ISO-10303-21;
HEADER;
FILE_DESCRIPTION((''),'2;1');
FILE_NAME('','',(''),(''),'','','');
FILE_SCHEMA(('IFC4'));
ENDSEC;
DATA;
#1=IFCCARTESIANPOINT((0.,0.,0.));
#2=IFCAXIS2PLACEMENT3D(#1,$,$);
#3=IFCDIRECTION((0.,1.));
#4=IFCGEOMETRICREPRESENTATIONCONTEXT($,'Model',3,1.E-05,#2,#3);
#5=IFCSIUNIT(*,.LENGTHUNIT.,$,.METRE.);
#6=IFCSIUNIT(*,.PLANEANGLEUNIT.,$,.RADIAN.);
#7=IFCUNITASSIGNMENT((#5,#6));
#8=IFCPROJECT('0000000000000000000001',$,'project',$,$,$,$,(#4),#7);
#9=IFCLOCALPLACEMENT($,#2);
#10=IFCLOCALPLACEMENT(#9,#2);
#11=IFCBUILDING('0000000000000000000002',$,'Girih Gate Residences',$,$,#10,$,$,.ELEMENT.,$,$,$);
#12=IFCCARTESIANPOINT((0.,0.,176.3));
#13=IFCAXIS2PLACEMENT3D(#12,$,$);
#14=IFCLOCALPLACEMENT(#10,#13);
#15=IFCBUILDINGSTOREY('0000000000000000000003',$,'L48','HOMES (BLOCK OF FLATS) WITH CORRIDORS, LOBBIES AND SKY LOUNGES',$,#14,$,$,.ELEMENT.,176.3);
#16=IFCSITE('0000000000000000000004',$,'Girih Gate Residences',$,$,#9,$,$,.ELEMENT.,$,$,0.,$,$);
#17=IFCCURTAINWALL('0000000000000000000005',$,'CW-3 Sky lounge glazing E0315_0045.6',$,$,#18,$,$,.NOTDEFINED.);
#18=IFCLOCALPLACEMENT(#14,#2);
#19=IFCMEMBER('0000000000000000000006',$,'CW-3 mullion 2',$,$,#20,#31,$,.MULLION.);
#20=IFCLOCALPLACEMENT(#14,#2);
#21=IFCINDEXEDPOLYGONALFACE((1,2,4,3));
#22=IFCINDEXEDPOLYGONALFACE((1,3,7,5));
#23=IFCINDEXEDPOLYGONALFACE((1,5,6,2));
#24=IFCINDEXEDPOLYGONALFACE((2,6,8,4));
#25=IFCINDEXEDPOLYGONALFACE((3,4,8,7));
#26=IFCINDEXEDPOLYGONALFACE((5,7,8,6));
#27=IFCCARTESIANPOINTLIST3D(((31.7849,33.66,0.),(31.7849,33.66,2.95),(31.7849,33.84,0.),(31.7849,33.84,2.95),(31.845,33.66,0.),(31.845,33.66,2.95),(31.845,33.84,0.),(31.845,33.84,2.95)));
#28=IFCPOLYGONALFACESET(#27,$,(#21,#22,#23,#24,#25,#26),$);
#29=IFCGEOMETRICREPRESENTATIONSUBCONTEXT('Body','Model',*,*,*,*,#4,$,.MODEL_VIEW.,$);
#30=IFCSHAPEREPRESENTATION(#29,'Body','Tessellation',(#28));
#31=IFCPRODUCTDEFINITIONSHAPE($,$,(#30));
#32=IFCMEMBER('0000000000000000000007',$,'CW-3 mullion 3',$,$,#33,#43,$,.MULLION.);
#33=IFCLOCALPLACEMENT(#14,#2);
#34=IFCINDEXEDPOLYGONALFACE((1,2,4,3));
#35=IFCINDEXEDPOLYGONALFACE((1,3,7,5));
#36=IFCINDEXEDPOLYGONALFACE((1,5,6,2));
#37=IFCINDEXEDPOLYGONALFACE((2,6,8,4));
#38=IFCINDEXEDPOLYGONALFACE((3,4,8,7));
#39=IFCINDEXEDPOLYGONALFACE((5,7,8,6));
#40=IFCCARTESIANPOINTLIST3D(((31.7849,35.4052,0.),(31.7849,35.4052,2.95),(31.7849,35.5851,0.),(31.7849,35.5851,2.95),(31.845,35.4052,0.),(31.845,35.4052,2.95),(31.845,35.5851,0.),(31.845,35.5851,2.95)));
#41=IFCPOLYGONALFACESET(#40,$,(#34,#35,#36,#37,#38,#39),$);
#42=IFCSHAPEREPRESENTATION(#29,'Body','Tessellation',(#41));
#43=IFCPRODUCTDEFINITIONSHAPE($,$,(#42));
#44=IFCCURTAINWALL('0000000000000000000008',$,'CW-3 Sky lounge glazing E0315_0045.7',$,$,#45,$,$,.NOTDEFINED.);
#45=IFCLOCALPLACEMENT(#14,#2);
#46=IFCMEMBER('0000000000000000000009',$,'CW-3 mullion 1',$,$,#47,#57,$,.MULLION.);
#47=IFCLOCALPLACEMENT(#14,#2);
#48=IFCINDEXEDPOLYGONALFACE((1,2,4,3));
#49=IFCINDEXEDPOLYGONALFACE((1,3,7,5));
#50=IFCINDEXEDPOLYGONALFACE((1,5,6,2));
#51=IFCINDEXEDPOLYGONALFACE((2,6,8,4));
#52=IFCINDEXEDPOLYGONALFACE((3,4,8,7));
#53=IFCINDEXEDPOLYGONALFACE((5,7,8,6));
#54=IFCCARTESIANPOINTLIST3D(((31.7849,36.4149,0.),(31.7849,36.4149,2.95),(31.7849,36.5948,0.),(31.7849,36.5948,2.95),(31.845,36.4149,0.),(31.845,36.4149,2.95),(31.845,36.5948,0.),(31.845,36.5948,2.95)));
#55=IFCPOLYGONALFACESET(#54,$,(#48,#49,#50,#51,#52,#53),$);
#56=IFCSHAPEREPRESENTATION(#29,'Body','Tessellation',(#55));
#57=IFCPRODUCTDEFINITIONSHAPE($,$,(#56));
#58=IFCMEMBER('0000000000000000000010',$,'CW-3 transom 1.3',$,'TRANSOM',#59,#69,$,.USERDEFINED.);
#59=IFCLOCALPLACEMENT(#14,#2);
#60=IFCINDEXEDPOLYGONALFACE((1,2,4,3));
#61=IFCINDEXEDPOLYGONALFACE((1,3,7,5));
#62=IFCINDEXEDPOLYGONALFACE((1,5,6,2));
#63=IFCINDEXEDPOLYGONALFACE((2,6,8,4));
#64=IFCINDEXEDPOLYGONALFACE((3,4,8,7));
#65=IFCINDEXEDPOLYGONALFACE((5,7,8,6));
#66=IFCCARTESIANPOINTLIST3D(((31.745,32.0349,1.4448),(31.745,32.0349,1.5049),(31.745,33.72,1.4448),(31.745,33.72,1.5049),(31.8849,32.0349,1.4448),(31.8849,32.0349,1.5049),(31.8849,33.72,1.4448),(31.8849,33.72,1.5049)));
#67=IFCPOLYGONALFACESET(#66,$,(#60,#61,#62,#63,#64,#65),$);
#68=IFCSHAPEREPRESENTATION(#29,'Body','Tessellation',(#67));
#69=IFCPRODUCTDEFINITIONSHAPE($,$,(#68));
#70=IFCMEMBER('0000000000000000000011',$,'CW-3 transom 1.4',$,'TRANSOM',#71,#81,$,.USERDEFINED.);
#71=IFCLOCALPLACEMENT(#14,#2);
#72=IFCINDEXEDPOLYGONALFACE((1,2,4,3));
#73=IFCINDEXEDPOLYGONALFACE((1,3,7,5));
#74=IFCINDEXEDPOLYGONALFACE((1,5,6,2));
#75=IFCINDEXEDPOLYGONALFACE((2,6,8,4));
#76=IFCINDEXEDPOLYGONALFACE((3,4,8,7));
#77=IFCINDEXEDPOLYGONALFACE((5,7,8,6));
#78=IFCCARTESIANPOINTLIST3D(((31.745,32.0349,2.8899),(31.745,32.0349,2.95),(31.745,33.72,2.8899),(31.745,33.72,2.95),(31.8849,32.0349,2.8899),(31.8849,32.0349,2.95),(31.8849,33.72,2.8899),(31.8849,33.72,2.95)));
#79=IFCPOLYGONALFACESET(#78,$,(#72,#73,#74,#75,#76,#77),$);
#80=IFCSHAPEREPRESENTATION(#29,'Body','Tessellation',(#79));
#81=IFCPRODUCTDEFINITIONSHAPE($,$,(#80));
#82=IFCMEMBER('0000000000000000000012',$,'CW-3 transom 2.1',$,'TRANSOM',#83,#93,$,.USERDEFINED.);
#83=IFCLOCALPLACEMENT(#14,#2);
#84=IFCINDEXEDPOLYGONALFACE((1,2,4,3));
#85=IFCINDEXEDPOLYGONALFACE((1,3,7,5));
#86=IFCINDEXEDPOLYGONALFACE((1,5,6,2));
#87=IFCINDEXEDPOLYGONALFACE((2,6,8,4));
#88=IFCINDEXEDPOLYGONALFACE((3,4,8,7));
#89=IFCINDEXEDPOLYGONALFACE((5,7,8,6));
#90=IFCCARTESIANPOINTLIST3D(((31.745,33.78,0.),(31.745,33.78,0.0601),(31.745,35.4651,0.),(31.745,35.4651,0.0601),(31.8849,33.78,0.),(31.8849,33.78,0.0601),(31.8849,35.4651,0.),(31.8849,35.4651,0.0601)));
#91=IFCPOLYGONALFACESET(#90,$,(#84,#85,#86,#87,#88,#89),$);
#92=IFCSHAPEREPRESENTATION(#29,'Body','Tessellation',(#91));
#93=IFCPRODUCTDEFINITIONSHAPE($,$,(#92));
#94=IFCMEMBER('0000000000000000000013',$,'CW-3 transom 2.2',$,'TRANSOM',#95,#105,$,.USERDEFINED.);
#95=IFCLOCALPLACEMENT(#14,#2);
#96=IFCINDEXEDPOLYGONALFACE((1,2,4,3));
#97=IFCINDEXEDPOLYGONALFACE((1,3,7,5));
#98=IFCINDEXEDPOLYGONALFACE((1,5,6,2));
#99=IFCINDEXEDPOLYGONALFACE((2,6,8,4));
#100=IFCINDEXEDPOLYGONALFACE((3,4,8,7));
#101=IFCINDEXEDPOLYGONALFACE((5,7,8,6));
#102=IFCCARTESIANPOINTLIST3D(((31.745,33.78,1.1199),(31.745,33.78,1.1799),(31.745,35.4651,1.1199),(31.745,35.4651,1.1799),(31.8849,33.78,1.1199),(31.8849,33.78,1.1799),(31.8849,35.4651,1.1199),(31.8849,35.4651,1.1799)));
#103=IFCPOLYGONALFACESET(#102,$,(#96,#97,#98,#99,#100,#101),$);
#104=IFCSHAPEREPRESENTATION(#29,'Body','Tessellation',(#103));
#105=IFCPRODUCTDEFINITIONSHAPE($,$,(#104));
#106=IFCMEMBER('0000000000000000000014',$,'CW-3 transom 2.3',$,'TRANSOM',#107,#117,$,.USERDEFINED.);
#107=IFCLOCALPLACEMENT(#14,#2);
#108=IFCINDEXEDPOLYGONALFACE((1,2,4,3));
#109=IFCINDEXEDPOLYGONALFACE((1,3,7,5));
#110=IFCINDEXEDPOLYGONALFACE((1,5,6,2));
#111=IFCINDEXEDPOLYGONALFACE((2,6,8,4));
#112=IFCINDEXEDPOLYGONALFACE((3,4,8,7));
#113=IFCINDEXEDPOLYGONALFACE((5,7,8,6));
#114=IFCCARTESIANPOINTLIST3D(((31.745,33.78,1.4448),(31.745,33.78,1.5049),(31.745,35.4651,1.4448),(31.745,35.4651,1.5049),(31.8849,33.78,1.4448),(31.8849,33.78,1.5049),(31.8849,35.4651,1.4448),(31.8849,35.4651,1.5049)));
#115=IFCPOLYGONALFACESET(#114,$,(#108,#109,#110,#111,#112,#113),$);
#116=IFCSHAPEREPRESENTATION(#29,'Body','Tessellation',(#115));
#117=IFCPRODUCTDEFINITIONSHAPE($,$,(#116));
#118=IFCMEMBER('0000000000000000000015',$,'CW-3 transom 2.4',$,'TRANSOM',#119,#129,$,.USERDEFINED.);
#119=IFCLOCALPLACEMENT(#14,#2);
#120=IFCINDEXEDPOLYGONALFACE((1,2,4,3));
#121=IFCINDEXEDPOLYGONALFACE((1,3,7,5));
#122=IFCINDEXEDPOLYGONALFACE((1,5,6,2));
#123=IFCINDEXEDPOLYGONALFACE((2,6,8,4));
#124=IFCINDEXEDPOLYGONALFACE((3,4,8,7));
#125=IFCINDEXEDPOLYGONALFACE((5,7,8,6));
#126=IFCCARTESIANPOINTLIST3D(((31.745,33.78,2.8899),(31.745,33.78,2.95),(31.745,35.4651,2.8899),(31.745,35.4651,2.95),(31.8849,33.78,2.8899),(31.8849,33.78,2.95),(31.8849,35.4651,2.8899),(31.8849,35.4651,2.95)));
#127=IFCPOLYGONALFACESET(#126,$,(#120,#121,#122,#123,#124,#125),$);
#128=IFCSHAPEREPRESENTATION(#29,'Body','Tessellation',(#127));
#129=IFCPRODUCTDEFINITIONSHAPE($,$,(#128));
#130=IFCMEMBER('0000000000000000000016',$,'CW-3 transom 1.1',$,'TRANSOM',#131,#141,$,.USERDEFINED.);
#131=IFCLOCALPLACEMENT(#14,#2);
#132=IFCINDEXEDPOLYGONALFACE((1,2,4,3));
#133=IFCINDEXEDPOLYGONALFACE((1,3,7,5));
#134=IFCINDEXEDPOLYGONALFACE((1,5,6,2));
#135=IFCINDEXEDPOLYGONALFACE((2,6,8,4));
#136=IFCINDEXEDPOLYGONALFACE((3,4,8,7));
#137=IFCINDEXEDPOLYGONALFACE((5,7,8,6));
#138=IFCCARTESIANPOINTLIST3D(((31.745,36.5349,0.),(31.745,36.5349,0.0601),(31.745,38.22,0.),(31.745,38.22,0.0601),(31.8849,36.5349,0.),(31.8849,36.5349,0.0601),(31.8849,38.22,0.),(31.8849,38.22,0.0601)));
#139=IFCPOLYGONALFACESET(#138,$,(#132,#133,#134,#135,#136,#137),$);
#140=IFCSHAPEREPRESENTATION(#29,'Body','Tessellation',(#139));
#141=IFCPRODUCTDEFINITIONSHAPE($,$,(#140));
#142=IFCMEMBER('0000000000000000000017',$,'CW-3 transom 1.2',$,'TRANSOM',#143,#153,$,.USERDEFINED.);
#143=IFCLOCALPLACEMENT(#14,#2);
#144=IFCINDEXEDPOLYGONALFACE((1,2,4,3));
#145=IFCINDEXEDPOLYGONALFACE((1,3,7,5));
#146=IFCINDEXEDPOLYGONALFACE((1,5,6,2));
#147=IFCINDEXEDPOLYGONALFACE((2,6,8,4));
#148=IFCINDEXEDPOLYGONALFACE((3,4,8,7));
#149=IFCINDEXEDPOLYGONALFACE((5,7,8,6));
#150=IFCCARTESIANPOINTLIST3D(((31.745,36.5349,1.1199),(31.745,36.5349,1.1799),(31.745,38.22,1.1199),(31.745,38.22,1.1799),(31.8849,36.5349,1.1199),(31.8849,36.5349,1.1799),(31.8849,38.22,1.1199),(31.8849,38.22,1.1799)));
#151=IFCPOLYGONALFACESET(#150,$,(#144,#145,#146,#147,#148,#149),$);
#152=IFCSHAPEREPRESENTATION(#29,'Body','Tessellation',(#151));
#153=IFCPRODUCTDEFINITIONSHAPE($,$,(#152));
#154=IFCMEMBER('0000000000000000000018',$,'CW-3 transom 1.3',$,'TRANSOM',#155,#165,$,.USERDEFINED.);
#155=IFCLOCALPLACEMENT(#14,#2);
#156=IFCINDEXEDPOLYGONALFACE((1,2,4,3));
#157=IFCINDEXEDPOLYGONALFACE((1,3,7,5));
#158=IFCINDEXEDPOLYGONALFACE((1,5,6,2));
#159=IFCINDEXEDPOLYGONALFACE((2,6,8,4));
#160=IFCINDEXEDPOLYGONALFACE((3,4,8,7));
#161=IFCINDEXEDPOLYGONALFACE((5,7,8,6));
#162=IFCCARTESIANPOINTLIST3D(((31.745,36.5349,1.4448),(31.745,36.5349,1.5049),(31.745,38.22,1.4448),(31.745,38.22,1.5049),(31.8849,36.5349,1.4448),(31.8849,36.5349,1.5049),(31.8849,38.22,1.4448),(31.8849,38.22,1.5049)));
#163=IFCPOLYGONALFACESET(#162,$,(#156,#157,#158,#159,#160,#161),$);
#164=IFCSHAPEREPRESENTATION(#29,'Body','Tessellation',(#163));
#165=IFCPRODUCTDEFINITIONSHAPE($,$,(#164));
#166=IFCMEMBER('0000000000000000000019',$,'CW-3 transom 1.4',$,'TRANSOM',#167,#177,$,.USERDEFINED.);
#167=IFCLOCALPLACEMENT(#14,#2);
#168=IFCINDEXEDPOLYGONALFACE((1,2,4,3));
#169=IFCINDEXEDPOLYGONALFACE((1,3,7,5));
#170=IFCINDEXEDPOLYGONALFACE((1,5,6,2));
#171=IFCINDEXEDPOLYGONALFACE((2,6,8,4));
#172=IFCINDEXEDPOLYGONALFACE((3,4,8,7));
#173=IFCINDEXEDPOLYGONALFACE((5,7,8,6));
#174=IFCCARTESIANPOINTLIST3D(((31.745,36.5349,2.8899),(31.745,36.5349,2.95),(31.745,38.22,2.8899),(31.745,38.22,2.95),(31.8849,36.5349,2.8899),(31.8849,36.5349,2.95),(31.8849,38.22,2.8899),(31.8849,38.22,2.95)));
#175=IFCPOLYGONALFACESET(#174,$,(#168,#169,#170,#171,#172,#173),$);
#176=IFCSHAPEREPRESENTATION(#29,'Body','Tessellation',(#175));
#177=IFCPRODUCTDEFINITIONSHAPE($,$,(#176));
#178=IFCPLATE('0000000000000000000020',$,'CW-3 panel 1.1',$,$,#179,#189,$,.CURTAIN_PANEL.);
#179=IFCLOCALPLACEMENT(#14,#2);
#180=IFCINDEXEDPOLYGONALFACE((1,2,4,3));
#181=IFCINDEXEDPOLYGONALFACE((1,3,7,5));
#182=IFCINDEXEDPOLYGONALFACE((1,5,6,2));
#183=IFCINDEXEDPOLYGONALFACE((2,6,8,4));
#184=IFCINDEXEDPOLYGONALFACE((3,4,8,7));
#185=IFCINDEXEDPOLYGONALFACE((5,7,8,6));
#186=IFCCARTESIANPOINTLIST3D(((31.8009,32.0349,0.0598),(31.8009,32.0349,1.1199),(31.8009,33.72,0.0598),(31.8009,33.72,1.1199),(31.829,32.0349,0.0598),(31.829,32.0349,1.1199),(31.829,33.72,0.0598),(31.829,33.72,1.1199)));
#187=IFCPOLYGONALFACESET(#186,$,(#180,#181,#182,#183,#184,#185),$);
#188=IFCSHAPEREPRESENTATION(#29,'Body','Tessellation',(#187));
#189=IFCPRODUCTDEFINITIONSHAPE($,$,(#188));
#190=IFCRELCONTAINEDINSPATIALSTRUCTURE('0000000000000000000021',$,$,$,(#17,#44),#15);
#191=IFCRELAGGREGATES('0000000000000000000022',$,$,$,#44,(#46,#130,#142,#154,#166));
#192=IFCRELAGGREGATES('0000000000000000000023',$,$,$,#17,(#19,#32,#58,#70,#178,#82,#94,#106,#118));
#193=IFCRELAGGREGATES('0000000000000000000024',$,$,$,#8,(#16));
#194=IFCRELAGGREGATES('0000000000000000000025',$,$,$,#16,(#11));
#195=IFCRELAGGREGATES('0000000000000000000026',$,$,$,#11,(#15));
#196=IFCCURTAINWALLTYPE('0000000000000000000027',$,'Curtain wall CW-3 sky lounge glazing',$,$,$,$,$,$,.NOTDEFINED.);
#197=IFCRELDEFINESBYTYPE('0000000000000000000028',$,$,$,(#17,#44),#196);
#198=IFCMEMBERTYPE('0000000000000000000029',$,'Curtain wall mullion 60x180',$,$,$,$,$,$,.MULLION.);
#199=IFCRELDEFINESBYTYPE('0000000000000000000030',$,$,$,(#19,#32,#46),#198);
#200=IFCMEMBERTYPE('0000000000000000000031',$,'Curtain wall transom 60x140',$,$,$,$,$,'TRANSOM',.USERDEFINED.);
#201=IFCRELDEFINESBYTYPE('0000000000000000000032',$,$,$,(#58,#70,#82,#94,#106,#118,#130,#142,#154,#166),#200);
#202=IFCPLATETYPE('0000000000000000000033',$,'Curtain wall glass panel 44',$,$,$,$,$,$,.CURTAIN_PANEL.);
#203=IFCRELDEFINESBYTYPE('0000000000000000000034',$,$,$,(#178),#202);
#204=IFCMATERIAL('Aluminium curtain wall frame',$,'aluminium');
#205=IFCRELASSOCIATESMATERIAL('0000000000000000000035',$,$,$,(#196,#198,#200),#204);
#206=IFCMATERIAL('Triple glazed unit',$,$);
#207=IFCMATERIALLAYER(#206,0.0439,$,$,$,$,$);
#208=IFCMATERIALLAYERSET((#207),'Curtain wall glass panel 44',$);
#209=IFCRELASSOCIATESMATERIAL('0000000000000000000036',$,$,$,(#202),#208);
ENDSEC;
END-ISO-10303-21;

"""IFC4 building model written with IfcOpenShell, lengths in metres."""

from ifc_helpers import new_model, si_unit, direction, frame, origin, origin_2d, place, context, subcontext, project, spatial, rectangle, extrude, material, layer, layer_set, material_profile, profile_set, type_object, element, aggregate, save


model = new_model("IFC4")

# Units and contexts
model_context = context("Model", 3, precision=1e-05, world=origin(), true_north=direction((0.0, 1.0)))
body_context = subcontext(model_context, "Body", "Model", "MODEL_VIEW")
ifc_project = project(units=[si_unit("LENGTHUNIT", "METRE"), si_unit("PLANEANGLEUNIT", "RADIAN")], contexts=[model_context])

# Site, building, storey
site_placement = place(None, origin())
site = spatial("IfcSite", under=ifc_project, at=site_placement, Name="Girih Gate Residences", CompositionType="ELEMENT", RefElevation=0.0)
building_placement = place(site_placement, origin())
building = spatial("IfcBuilding", under=site, at=building_placement, Name="Girih Gate Residences", CompositionType="ELEMENT")
storey_placement = place(building_placement, frame((0.0, 0.0, 176.3)))
storey = spatial("IfcBuildingStorey", under=building, at=storey_placement, Name="L48", Description="HOMES (BLOCK OF FLATS) WITH CORRIDORS, LOBBIES AND SKY LOUNGES", CompositionType="ELEMENT", Elevation=176.3)

# Curtain wall, members
ifc_material_1 = material(Name="Aluminium curtain wall frame", Category="aluminium")
curtain_wall_type = type_object("IfcCurtainWallType", Name="Curtain wall CW-3 sky lounge glazing", PredefinedType="NOTDEFINED", material=ifc_material_1)
curtain_wall_1_placement = place(storey_placement, origin())
curtain_wall_1 = element("IfcCurtainWall", 1, at=curtain_wall_1_placement, inside=storey, type_object=curtain_wall_type, Name="CW-3 Sky lounge glazing E0315_0045.6", PredefinedType="NOTDEFINED")
ifc_material_profile_1 = material_profile(ifc_material_1, rectangle(XDim=0.0601, YDim=0.1799, at=origin_2d()))
ifc_profile_set_1 = profile_set([ifc_material_profile_1], Name="Aluminium curtain wall frame")
member_type_1 = type_object("IfcMemberType", Name="Curtain wall mullion 60x180", PredefinedType="MULLION", material=ifc_profile_set_1)
member_1_placement = place(storey_placement, frame((31.8149, 33.75, 0.0), z_axis=(0.0, 0.0, 1.0), x_axis=(-1.0, 0.0, 0.0)))
member_1 = element("IfcMember", 2, at=member_1_placement, type_object=member_type_1, Name="CW-3 mullion 2", PredefinedType="MULLION", context=body_context, shape_type="SweptSolid", body=[
    extrude(rectangle(XDim=0.0601, YDim=0.1799, at=origin_2d()), origin(), (0.0, 0.0, 1.0), 2.95),
])
member_2_placement = place(storey_placement, frame((31.8149, 35.4951, 0.0), z_axis=(0.0, 0.0, 1.0), x_axis=(-1.0, 0.0, 0.0)))
member_2 = element("IfcMember", 3, at=member_2_placement, type_object=member_type_1, Name="CW-3 mullion 3", PredefinedType="MULLION", context=body_context, shape_type="SweptSolid", body=[
    extrude(rectangle(XDim=0.0601, YDim=0.1799, at=origin_2d()), origin(), (0.0, 0.0, 1.0), 2.95),
])

# Curtain wall, member
curtain_wall_2_placement = place(storey_placement, origin())
curtain_wall_2 = element("IfcCurtainWall", 4, at=curtain_wall_2_placement, inside=storey, type_object=curtain_wall_type, Name="CW-3 Sky lounge glazing E0315_0045.7", PredefinedType="NOTDEFINED")
member_3_placement = place(storey_placement, frame((31.8149, 36.5049, 0.0), z_axis=(0.0, 0.0, 1.0), x_axis=(-1.0, 0.0, 0.0)))
member_3 = element("IfcMember", 5, at=member_3_placement, type_object=member_type_1, Name="CW-3 mullion 1", PredefinedType="MULLION", context=body_context, shape_type="SweptSolid", body=[
    extrude(rectangle(XDim=0.0601, YDim=0.1799, at=origin_2d()), origin(), (0.0, 0.0, 1.0), 2.95),
])

# Members
ifc_material_profile_2 = material_profile(ifc_material_1, rectangle(XDim=0.1399, YDim=0.0601, at=origin_2d()))
ifc_profile_set_2 = profile_set([ifc_material_profile_2], Name="Aluminium curtain wall frame")
member_type_2 = type_object("IfcMemberType", Name="Curtain wall transom 60x140", ElementType="TRANSOM", PredefinedType="USERDEFINED", material=ifc_profile_set_2)
member_4_placement = place(storey_placement, frame((31.8149, 32.0349, 1.4749), z_axis=(0.0, 1.0, 0.0), x_axis=(-1.0, 0.0, 0.0)))
member_4 = element("IfcMember", 6, at=member_4_placement, type_object=member_type_2, Name="CW-3 transom 1.3", ObjectType="TRANSOM", PredefinedType="USERDEFINED", context=body_context, shape_type="SweptSolid", body=[
    extrude(rectangle(XDim=0.1399, YDim=0.0601, at=origin_2d()), origin(), (0.0, 0.0, 1.0), 1.6851),
])
member_5_placement = place(storey_placement, frame((31.8149, 32.0349, 2.9199), z_axis=(0.0, 1.0, 0.0), x_axis=(-1.0, 0.0, 0.0)))
member_5 = element("IfcMember", 7, at=member_5_placement, type_object=member_type_2, Name="CW-3 transom 1.4", ObjectType="TRANSOM", PredefinedType="USERDEFINED", context=body_context, shape_type="SweptSolid", body=[
    extrude(rectangle(XDim=0.1399, YDim=0.0601, at=origin_2d()), origin(), (0.0, 0.0, 1.0), 1.6851),
])
member_6_placement = place(storey_placement, frame((31.8149, 33.78, 0.03), z_axis=(0.0, 1.0, 0.0), x_axis=(-1.0, 0.0, 0.0)))
member_6 = element("IfcMember", 8, at=member_6_placement, type_object=member_type_2, Name="CW-3 transom 2.1", ObjectType="TRANSOM", PredefinedType="USERDEFINED", context=body_context, shape_type="SweptSolid", body=[
    extrude(rectangle(XDim=0.1399, YDim=0.0601, at=origin_2d()), origin(), (0.0, 0.0, 1.0), 1.6851),
])
member_7_placement = place(storey_placement, frame((31.8149, 33.78, 1.1499), z_axis=(0.0, 1.0, 0.0), x_axis=(-1.0, 0.0, 0.0)))
member_7 = element("IfcMember", 9, at=member_7_placement, type_object=member_type_2, Name="CW-3 transom 2.2", ObjectType="TRANSOM", PredefinedType="USERDEFINED", context=body_context, shape_type="SweptSolid", body=[
    extrude(rectangle(XDim=0.1399, YDim=0.0601, at=origin_2d()), origin(), (0.0, 0.0, 1.0), 1.6851),
])
member_8_placement = place(storey_placement, frame((31.8149, 33.78, 1.4749), z_axis=(0.0, 1.0, 0.0), x_axis=(-1.0, 0.0, 0.0)))
member_8 = element("IfcMember", 10, at=member_8_placement, type_object=member_type_2, Name="CW-3 transom 2.3", ObjectType="TRANSOM", PredefinedType="USERDEFINED", context=body_context, shape_type="SweptSolid", body=[
    extrude(rectangle(XDim=0.1399, YDim=0.0601, at=origin_2d()), origin(), (0.0, 0.0, 1.0), 1.6851),
])
member_9_placement = place(storey_placement, frame((31.8149, 33.78, 2.9199), z_axis=(0.0, 1.0, 0.0), x_axis=(-1.0, 0.0, 0.0)))
member_9 = element("IfcMember", 11, at=member_9_placement, type_object=member_type_2, Name="CW-3 transom 2.4", ObjectType="TRANSOM", PredefinedType="USERDEFINED", context=body_context, shape_type="SweptSolid", body=[
    extrude(rectangle(XDim=0.1399, YDim=0.0601, at=origin_2d()), origin(), (0.0, 0.0, 1.0), 1.6851),
])
member_10_placement = place(storey_placement, frame((31.8149, 36.5349, 0.03), z_axis=(0.0, 1.0, 0.0), x_axis=(-1.0, 0.0, 0.0)))
member_10 = element("IfcMember", 12, at=member_10_placement, type_object=member_type_2, Name="CW-3 transom 1.1", ObjectType="TRANSOM", PredefinedType="USERDEFINED", context=body_context, shape_type="SweptSolid", body=[
    extrude(rectangle(XDim=0.1399, YDim=0.0601, at=origin_2d()), origin(), (0.0, 0.0, 1.0), 1.6851),
])
member_11_placement = place(storey_placement, frame((31.8149, 36.5349, 1.1499), z_axis=(0.0, 1.0, 0.0), x_axis=(-1.0, 0.0, 0.0)))
member_11 = element("IfcMember", 13, at=member_11_placement, type_object=member_type_2, Name="CW-3 transom 1.2", ObjectType="TRANSOM", PredefinedType="USERDEFINED", context=body_context, shape_type="SweptSolid", body=[
    extrude(rectangle(XDim=0.1399, YDim=0.0601, at=origin_2d()), origin(), (0.0, 0.0, 1.0), 1.6851),
])
member_12_placement = place(storey_placement, frame((31.8149, 36.5349, 1.4749), z_axis=(0.0, 1.0, 0.0), x_axis=(-1.0, 0.0, 0.0)))
member_12 = element("IfcMember", 14, at=member_12_placement, type_object=member_type_2, Name="CW-3 transom 1.3", ObjectType="TRANSOM", PredefinedType="USERDEFINED", context=body_context, shape_type="SweptSolid", body=[
    extrude(rectangle(XDim=0.1399, YDim=0.0601, at=origin_2d()), origin(), (0.0, 0.0, 1.0), 1.6851),
])
member_13_placement = place(storey_placement, frame((31.8149, 36.5349, 2.9199), z_axis=(0.0, 1.0, 0.0), x_axis=(-1.0, 0.0, 0.0)))
member_13 = element("IfcMember", 15, at=member_13_placement, type_object=member_type_2, Name="CW-3 transom 1.4", ObjectType="TRANSOM", PredefinedType="USERDEFINED", context=body_context, shape_type="SweptSolid", body=[
    extrude(rectangle(XDim=0.1399, YDim=0.0601, at=origin_2d()), origin(), (0.0, 0.0, 1.0), 1.6851),
])
aggregate(curtain_wall_2, [member_3, member_10, member_11, member_12, member_13])

# Plate
ifc_material_2 = material(Name="Triple glazed unit")
ifc_layer_1 = layer(ifc_material_2, 0.0439)
ifc_layer_set_1 = layer_set([ifc_layer_1], Name="Curtain wall glass panel 44")
plate_type = type_object("IfcPlateType", Name="Curtain wall glass panel 44", PredefinedType="CURTAIN_PANEL", material=ifc_layer_set_1)
plate_1_placement = place(storey_placement, frame((31.8149, 32.8774, 0.0598), z_axis=(0.0, 0.0, 1.0), x_axis=(0.0, 1.0, 0.0)))
plate_1 = element("IfcPlate", 16, at=plate_1_placement, type_object=plate_type, Name="CW-3 panel 1.1", PredefinedType="CURTAIN_PANEL", context=body_context, shape_type="SweptSolid", body=[
    extrude(rectangle(XDim=1.6851, YDim=0.0281, at=origin_2d()), origin(), (0.0, 0.0, 1.0), 1.0601),
])
aggregate(curtain_wall_1, [member_1, member_2, member_4, member_5, plate_1, member_6, member_7, member_8, member_9])

save(model, "model.ifc")
